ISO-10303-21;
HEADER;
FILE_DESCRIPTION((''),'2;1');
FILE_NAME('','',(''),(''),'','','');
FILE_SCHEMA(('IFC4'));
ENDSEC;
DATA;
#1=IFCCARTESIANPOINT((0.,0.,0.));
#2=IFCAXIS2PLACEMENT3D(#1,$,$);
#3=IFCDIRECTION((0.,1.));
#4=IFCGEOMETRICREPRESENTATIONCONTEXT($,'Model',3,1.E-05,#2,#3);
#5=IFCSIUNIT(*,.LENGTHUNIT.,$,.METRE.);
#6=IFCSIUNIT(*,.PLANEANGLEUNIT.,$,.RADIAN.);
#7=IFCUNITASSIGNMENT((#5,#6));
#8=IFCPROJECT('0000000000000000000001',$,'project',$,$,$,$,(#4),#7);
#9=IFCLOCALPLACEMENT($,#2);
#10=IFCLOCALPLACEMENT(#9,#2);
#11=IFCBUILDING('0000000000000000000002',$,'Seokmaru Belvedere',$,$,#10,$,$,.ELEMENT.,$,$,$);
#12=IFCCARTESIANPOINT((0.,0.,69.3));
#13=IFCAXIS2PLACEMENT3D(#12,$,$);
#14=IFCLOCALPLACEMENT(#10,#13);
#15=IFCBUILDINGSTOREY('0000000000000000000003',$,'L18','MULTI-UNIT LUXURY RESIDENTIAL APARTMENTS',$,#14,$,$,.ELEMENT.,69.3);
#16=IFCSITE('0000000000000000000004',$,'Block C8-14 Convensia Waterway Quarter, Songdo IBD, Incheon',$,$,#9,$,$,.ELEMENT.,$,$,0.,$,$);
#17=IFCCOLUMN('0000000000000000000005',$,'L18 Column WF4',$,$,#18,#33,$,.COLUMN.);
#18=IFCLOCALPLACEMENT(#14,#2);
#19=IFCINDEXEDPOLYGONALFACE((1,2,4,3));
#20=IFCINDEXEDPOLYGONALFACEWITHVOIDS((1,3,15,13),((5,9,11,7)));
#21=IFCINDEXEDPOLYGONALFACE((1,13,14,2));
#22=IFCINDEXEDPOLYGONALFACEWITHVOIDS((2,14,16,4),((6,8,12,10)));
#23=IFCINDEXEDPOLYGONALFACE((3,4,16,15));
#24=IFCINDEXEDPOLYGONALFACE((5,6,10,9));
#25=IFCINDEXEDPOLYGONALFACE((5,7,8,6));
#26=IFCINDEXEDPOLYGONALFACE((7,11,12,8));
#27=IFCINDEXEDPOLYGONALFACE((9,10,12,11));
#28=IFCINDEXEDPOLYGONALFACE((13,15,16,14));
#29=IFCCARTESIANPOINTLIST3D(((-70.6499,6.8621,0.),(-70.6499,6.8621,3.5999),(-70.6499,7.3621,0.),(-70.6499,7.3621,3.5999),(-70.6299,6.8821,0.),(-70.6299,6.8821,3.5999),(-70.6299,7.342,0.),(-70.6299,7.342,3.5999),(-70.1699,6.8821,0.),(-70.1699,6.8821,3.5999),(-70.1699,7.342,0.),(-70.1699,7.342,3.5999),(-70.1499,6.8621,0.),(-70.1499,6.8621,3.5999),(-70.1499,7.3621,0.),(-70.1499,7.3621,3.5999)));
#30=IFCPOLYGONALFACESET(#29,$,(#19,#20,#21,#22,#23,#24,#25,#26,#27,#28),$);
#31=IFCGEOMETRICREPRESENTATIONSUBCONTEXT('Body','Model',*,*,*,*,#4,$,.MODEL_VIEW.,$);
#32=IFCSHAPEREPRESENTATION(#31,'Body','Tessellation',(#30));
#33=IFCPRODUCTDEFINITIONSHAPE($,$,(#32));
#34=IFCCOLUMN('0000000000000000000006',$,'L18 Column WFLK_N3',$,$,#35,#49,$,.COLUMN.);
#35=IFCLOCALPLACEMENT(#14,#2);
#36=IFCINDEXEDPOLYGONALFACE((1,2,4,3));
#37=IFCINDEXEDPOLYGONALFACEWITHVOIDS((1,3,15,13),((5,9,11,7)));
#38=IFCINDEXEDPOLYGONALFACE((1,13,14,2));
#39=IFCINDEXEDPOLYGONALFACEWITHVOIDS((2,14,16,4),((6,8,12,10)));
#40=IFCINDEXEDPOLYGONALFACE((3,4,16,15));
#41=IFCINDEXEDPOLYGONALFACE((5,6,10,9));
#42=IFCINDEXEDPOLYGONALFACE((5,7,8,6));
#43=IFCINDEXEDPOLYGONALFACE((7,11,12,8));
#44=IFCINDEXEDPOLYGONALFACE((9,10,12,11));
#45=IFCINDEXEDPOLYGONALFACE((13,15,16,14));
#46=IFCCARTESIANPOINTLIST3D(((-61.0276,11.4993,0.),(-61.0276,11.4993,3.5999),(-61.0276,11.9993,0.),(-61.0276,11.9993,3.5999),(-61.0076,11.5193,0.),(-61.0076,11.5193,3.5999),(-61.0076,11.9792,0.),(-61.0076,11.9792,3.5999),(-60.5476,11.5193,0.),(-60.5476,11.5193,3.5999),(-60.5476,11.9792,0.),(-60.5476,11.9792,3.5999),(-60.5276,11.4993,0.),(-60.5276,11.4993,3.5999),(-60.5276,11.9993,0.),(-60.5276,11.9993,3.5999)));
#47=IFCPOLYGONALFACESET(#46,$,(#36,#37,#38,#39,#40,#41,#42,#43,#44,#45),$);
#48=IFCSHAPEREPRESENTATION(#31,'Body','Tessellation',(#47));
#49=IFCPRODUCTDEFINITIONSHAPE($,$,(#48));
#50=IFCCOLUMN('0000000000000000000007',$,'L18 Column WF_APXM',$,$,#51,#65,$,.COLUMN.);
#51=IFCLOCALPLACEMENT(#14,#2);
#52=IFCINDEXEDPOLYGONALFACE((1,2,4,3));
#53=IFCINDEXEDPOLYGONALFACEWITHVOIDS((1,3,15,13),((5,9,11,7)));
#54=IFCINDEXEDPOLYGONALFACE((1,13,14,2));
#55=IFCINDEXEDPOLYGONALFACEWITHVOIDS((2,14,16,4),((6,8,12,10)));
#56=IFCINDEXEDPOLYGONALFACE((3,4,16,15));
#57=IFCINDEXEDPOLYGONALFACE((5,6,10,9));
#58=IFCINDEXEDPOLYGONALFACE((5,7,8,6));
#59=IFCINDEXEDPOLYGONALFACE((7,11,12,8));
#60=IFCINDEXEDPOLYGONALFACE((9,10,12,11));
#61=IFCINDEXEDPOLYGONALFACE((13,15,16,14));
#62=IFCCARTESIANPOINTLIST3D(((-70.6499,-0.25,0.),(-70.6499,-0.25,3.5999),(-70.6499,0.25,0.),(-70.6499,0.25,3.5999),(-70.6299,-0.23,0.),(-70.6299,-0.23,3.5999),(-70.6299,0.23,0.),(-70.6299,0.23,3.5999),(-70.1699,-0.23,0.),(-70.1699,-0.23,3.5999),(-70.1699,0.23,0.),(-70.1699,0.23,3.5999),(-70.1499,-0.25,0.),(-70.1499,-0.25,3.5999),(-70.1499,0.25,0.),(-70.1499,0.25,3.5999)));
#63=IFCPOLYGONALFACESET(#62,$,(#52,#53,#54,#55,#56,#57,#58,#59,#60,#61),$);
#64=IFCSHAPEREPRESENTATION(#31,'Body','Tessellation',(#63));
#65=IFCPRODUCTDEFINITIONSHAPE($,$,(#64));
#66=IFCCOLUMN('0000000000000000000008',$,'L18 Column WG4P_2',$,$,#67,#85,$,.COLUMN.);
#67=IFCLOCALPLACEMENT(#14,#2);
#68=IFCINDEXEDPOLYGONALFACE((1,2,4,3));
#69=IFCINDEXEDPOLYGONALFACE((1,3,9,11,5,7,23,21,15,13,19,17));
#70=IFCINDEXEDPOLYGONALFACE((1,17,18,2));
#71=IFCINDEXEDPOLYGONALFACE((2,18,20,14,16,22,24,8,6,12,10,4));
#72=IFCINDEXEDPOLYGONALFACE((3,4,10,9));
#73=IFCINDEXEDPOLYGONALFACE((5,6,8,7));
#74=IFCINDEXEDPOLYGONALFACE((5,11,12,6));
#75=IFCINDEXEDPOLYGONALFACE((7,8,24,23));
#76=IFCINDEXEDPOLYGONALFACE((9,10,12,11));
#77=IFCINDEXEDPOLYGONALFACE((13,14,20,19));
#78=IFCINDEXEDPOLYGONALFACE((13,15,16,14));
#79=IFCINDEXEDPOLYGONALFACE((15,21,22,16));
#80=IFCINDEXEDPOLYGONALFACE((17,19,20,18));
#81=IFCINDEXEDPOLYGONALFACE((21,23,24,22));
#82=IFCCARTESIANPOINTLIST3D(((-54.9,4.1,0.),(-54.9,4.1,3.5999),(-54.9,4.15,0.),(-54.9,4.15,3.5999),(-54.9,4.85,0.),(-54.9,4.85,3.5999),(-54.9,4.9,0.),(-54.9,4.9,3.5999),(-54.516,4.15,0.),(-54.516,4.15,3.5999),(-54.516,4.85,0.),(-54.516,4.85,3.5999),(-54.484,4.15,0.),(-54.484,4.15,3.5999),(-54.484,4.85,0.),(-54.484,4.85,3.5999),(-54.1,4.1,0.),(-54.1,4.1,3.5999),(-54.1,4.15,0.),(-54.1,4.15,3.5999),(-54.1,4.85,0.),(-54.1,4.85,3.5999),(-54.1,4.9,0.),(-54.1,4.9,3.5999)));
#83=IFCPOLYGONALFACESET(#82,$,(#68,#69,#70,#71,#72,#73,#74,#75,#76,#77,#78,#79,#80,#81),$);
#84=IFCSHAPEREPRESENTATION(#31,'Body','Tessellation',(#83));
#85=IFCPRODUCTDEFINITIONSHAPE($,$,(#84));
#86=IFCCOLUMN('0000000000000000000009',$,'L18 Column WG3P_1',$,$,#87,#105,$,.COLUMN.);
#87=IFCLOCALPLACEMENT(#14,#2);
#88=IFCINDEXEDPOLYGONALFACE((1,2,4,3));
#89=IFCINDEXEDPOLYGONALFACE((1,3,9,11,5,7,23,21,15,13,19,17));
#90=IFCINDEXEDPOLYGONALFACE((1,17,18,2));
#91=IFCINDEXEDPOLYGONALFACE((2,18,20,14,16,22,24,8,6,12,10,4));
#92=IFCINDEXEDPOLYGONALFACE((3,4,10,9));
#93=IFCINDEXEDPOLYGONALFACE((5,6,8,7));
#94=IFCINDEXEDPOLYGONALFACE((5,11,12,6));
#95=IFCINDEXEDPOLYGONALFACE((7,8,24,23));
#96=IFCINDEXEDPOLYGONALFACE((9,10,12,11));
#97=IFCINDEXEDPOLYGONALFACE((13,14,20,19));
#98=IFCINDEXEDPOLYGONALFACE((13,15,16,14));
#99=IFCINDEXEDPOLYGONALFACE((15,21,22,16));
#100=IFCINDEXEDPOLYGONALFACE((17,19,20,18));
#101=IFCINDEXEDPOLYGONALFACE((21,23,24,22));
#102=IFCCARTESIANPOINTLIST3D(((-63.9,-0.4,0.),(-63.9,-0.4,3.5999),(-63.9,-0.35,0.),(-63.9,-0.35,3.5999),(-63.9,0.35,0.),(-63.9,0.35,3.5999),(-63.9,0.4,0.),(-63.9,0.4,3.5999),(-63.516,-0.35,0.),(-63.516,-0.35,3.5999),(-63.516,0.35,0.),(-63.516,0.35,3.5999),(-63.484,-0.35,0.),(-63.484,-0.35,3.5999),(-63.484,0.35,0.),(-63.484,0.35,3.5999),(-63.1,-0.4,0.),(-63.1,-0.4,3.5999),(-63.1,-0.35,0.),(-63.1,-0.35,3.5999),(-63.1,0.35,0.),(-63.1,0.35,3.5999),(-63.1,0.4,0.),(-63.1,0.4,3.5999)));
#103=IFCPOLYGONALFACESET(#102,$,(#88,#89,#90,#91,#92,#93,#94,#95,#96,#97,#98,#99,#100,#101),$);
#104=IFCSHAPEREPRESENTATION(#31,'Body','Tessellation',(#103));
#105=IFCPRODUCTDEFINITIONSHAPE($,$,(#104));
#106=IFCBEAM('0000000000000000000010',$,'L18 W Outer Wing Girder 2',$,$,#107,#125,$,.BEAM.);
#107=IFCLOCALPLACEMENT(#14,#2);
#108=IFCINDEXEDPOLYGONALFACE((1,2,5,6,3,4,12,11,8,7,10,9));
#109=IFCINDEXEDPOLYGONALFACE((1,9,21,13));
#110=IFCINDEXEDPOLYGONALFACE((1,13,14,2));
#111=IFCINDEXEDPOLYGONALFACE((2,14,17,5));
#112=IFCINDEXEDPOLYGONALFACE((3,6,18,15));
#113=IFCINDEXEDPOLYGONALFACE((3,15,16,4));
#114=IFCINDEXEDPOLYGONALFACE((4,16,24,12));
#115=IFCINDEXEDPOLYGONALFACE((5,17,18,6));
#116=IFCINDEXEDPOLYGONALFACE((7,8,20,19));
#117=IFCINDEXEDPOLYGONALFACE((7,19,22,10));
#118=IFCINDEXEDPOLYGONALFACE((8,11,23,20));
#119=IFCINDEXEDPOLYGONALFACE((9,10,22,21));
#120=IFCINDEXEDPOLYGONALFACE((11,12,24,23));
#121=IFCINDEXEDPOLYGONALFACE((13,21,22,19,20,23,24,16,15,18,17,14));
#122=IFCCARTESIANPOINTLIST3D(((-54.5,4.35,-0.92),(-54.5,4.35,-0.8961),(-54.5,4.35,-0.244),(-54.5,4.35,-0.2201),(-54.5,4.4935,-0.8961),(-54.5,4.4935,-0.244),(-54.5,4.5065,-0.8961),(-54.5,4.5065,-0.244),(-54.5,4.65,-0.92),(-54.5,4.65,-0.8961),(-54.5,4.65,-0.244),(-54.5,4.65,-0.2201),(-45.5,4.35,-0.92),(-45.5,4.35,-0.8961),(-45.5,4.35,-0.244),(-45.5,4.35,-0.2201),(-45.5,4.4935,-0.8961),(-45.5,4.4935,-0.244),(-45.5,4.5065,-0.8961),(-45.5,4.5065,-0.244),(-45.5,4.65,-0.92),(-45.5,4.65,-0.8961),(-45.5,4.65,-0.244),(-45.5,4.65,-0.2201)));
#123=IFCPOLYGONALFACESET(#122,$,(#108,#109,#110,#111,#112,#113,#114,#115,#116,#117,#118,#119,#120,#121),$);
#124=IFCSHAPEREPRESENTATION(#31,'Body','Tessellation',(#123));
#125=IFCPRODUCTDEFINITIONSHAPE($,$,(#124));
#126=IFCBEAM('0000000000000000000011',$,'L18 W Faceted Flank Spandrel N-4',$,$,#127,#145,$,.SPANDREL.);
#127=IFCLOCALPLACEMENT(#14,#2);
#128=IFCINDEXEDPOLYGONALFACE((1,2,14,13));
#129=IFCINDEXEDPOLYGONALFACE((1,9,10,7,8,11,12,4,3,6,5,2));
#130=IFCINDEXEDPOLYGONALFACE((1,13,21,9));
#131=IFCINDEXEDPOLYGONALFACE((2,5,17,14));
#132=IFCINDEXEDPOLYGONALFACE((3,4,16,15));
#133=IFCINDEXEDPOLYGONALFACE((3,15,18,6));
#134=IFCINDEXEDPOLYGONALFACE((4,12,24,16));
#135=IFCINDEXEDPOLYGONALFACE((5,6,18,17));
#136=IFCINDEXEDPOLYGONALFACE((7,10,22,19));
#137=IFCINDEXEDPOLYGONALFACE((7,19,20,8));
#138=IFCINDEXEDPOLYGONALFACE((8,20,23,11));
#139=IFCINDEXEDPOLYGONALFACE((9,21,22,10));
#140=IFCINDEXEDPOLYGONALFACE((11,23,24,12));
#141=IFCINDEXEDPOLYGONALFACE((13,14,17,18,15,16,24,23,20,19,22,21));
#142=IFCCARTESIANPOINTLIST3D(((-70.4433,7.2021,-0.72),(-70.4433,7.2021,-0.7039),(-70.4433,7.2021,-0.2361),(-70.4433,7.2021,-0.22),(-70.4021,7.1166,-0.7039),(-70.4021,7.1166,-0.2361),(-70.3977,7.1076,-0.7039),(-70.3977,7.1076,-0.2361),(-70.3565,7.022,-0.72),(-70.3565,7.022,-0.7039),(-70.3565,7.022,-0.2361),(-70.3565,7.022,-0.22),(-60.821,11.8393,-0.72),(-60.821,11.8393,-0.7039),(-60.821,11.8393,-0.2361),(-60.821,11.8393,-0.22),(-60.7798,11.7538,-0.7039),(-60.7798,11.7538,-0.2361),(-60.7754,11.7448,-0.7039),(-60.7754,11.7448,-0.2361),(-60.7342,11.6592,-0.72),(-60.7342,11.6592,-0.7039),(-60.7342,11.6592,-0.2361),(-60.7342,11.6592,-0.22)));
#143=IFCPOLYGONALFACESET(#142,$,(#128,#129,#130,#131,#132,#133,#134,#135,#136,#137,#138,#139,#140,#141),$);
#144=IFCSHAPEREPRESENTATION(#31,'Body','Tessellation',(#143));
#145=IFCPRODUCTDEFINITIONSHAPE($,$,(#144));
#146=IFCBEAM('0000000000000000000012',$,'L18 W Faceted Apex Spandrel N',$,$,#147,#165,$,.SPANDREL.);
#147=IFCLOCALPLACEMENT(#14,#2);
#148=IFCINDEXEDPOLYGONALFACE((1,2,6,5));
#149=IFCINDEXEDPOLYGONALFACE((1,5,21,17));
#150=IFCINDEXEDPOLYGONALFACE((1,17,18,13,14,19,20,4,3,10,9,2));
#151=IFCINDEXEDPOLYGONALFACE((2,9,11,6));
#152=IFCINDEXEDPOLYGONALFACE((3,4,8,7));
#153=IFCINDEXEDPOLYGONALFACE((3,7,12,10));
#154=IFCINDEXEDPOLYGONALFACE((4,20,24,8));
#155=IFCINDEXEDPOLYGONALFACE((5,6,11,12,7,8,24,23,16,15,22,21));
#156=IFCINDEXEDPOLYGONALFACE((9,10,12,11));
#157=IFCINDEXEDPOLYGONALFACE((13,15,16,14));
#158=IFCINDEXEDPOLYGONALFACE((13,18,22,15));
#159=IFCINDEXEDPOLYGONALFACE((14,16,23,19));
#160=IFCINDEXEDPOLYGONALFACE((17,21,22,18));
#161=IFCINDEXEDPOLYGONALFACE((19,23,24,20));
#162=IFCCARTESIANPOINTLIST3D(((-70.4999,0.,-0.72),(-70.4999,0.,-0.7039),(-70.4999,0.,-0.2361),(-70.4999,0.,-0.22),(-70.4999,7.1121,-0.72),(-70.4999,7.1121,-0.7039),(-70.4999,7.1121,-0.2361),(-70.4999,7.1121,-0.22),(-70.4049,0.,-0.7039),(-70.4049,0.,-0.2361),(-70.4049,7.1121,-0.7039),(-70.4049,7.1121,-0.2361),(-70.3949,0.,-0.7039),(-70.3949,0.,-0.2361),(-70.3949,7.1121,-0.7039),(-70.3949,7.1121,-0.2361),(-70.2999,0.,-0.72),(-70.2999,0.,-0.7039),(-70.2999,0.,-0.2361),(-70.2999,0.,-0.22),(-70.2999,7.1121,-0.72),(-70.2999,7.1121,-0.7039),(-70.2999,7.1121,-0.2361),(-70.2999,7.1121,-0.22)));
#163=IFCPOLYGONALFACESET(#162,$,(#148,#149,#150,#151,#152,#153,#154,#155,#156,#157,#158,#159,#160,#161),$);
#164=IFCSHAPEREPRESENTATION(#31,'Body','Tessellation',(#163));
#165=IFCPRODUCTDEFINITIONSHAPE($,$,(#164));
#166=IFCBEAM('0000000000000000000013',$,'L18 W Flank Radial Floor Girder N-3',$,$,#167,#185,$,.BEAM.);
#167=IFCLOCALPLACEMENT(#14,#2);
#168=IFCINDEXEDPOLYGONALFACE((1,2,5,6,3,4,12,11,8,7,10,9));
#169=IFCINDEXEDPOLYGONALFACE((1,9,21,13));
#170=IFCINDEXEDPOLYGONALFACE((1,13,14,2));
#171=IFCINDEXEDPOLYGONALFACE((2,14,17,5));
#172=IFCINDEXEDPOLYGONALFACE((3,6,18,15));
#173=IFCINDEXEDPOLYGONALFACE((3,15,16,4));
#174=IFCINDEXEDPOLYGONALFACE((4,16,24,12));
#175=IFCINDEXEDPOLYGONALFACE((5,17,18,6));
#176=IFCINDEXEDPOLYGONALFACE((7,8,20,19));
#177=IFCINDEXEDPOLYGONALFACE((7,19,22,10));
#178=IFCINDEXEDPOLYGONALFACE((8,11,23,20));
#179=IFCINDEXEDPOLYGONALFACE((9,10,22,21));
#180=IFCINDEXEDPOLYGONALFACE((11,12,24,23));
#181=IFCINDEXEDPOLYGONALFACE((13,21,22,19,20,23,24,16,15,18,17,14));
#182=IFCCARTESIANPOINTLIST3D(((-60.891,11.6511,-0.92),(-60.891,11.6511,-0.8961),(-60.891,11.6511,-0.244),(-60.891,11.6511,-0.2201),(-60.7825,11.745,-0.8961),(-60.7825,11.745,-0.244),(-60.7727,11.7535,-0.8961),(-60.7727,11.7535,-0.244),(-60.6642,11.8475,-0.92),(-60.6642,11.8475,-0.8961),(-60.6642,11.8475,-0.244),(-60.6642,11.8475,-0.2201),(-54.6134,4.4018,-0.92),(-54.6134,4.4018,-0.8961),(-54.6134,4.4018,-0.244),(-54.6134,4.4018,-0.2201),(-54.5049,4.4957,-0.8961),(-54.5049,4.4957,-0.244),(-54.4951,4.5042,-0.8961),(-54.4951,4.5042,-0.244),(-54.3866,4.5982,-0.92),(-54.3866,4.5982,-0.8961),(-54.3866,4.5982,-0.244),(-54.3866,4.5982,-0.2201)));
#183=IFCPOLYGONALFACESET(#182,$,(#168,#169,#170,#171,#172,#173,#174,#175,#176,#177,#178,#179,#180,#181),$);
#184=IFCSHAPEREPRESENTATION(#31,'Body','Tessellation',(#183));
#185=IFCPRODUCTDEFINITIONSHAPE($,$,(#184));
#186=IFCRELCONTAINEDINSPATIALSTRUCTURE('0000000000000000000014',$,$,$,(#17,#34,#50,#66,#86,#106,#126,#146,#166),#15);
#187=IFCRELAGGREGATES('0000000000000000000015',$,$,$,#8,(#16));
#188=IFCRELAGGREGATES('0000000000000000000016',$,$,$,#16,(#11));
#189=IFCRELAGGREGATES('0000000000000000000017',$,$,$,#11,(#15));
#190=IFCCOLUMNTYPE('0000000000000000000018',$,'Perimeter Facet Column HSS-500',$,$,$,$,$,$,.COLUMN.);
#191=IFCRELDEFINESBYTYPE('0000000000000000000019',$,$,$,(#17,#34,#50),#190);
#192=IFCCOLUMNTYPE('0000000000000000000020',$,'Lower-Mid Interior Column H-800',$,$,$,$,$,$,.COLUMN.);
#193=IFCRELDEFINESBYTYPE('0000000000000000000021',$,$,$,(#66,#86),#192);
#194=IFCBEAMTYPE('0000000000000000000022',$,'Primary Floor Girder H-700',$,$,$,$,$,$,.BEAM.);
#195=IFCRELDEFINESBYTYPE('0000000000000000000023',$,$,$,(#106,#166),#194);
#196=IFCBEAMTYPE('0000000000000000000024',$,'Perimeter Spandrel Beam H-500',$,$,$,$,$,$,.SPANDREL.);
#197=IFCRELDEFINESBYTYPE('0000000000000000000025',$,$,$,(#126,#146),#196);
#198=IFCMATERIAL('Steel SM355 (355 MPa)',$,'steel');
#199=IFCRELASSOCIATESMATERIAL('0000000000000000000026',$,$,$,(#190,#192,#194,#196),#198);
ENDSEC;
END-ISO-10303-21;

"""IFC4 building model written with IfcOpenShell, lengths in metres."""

from ifc_helpers import new_model, si_unit, direction, frame, origin, origin_2d, place, context, subcontext, project, spatial, hollow_rectangle, i_section, extrude, source, transform, mapped, material, material_profile, profile_set, type_object, type_shapes, element, save


model = new_model("IFC4")

# Units and contexts
model_context = context("Model", 3, precision=1e-05, world=origin(), true_north=direction((0.0, 1.0)))
body_context = subcontext(model_context, "Body", "Model", "MODEL_VIEW")
ifc_project = project(units=[si_unit("LENGTHUNIT", "METRE"), si_unit("PLANEANGLEUNIT", "RADIAN")], contexts=[model_context])

# Site, building, storey
site_placement = place(None, origin())
site = spatial("IfcSite", under=ifc_project, at=site_placement, Name="Block C8-14 Convensia Waterway Quarter, Songdo IBD, Incheon", CompositionType="ELEMENT", RefElevation=0.0)
building_placement = place(site_placement, origin())
building = spatial("IfcBuilding", under=site, at=building_placement, Name="Seokmaru Belvedere", CompositionType="ELEMENT")
storey_placement = place(building_placement, frame((0.0, 0.0, 69.3)))
storey = spatial("IfcBuildingStorey", under=building, at=storey_placement, Name="L18", Description="MULTI-UNIT LUXURY RESIDENTIAL APARTMENTS", CompositionType="ELEMENT", Elevation=69.3)

# Columns
ifc_material_1 = material(Name="Steel SM355 (355 MPa)", Category="steel")
ifc_material_profile_1 = material_profile(ifc_material_1, hollow_rectangle(XDim=0.5, YDim=0.5, WallThickness=0.02, at=origin_2d()), Name="HSS-500x500x20")
ifc_profile_set_1 = profile_set([ifc_material_profile_1], Name="Steel SM355 (355 MPa)")
column_type_1 = type_object("IfcColumnType", Name="Perimeter Facet Column HSS-500", PredefinedType="COLUMN", material=ifc_profile_set_1)
shared_shape_1 = source(origin(), body_context, "Body", "SweptSolid", [
    extrude(hollow_rectangle(XDim=0.5, YDim=0.5, WallThickness=0.02, at=origin_2d()), origin(), (0.0, 0.0, 1.0), 3.5999),
])
type_shapes(column_type_1, [shared_shape_1])
for number, where, z_axis, x_axis, name in (
    (1, (-70.3999, 7.1121, 0.0), (0.0, 0.0, 1.0), (1.0, 0.0, 0.0), "L18 Column WF4"),
    (2, (-60.7776, 11.7493, 0.0), (0.0, 0.0, 1.0), (1.0, 0.0, 0.0), "L18 Column WFLK_N3"),
    (3, (-70.3999, 0.0, 0.0), (0.0, 0.0, 1.0), (1.0, 0.0, 0.0), "L18 Column WF_APXM"),
):
    element("IfcColumn", number, at=place(storey_placement, frame(where, z_axis=z_axis, x_axis=x_axis)), inside=storey, type_object=column_type_1, Name=name, PredefinedType="COLUMN", context=body_context, shape_type="MappedRepresentation", body=[
        mapped(shared_shape_1, transform((0.0, 0.0, 0.0), scale=1.0)),
    ])
ifc_material_profile_2 = material_profile(ifc_material_1, i_section(OverallWidth=0.8, OverallDepth=0.8, WebThickness=0.032, FlangeThickness=0.05, at=origin_2d()), Name="H-800x800x32x50")
ifc_profile_set_2 = profile_set([ifc_material_profile_2], Name="Steel SM355 (355 MPa)")
column_type_2 = type_object("IfcColumnType", Name="Lower-Mid Interior Column H-800", PredefinedType="COLUMN", material=ifc_profile_set_2)
shared_shape_2 = source(origin(), body_context, "Body", "SweptSolid", [
    extrude(i_section(OverallWidth=0.8, OverallDepth=0.8, WebThickness=0.032, FlangeThickness=0.05, at=origin_2d()), origin(), (0.0, 0.0, 1.0), 3.5999),
])
type_shapes(column_type_2, [shared_shape_2])
for number, where, z_axis, x_axis, name in (
    (4, (-54.5, 4.5, 0.0), (0.0, 0.0, 1.0), (1.0, 0.0, 0.0), "L18 Column WG4P_2"),
    (5, (-63.5, 0.0, 0.0), (0.0, 0.0, 1.0), (1.0, 0.0, 0.0), "L18 Column WG3P_1"),
):
    element("IfcColumn", number, at=place(storey_placement, frame(where, z_axis=z_axis, x_axis=x_axis)), inside=storey, type_object=column_type_2, Name=name, PredefinedType="COLUMN", context=body_context, shape_type="MappedRepresentation", body=[
        mapped(shared_shape_2, transform((0.0, 0.0, 0.0), scale=1.0)),
    ])

# Beams
ifc_material_profile_3 = material_profile(ifc_material_1, i_section(OverallWidth=0.3, OverallDepth=0.7, WebThickness=0.0129, FlangeThickness=0.0239, at=origin_2d()), Name="H-700x300x13x24")
ifc_profile_set_3 = profile_set([ifc_material_profile_3], Name="Steel SM355 (355 MPa)")
beam_type_1 = type_object("IfcBeamType", Name="Primary Floor Girder H-700", PredefinedType="BEAM", material=ifc_profile_set_3)
shared_shape_3 = source(origin(), body_context, "Body", "SweptSolid", [
    extrude(i_section(OverallWidth=0.3, OverallDepth=0.7, WebThickness=0.0129, FlangeThickness=0.0239, at=origin_2d()), origin(), (0.0, 0.0, 1.0), 9.0),
])
beam_1_placement = place(storey_placement, frame((-54.5, 4.5, -0.5701), z_axis=(1.0, 0.0, 0.0), x_axis=(0.0, 1.0, 0.0)))
element("IfcBeam", 6, at=beam_1_placement, inside=storey, type_object=beam_type_1, Name="L18 W Outer Wing Girder 2", PredefinedType="BEAM", context=body_context, shape_type="MappedRepresentation", body=[
    mapped(shared_shape_3, transform((0.0, 0.0, 0.0), scale=1.0)),
])
ifc_material_profile_4 = material_profile(ifc_material_1, i_section(OverallWidth=0.2, OverallDepth=0.5, WebThickness=0.01, FlangeThickness=0.0161, at=origin_2d()), Name="H-500x200x10x16")
ifc_profile_set_4 = profile_set([ifc_material_profile_4], Name="Steel SM355 (355 MPa)")
beam_type_2 = type_object("IfcBeamType", Name="Perimeter Spandrel Beam H-500", PredefinedType="SPANDREL", material=ifc_profile_set_4)
shared_shape_4 = source(origin(), body_context, "Body", "SweptSolid", [
    extrude(i_section(OverallWidth=0.2, OverallDepth=0.5, WebThickness=0.01, FlangeThickness=0.0161, at=origin_2d()), origin(), (0.0, 0.0, 1.0), 10.6814),
])
beam_2_placement = place(storey_placement, frame((-60.7776, 11.7493, -0.47), z_axis=(-0.900846, -0.434138, 0.0), x_axis=(0.434138, -0.900846, 0.0)))
element("IfcBeam", 7, at=beam_2_placement, inside=storey, type_object=beam_type_2, Name="L18 W Faceted Flank Spandrel N-4", PredefinedType="SPANDREL", context=body_context, shape_type="MappedRepresentation", body=[
    mapped(shared_shape_4, transform((0.0, 0.0, 0.0), scale=1.0)),
])
shared_shape_5 = source(origin(), body_context, "Body", "SweptSolid", [
    extrude(i_section(OverallWidth=0.2, OverallDepth=0.5, WebThickness=0.01, FlangeThickness=0.0161, at=origin_2d()), origin(), (0.0, 0.0, 1.0), 7.1121),
])
type_shapes(beam_type_2, [shared_shape_4, shared_shape_5])
beam_3_placement = place(storey_placement, frame((-70.3999, 0.0, -0.47), z_axis=(0.0, 1.0, 0.0), x_axis=(-1.0, 0.0, 0.0)))
element("IfcBeam", 8, at=beam_3_placement, inside=storey, type_object=beam_type_2, Name="L18 W Faceted Apex Spandrel N", PredefinedType="SPANDREL", context=body_context, shape_type="MappedRepresentation", body=[
    mapped(shared_shape_5, transform((0.0, 0.0, 0.0), scale=1.0)),
])
shared_shape_6 = source(origin(), body_context, "Body", "SweptSolid", [
    extrude(i_section(OverallWidth=0.3, OverallDepth=0.7, WebThickness=0.0129, FlangeThickness=0.0239, at=origin_2d()), origin(), (0.0, 0.0, 1.0), 9.5896),
])
beam_4_placement = place(storey_placement, frame((-60.7776, 11.7493, -0.5701), z_axis=(0.654626, -0.755953, 0.0), x_axis=(0.755953, 0.654626, 0.0)))
element("IfcBeam", 9, at=beam_4_placement, inside=storey, type_object=beam_type_1, Name="L18 W Flank Radial Floor Girder N-3", PredefinedType="BEAM", context=body_context, shape_type="MappedRepresentation", body=[
    mapped(shared_shape_6, transform((0.0, 0.0, 0.0), scale=1.0)),
])

save(model, "model.ifc")
